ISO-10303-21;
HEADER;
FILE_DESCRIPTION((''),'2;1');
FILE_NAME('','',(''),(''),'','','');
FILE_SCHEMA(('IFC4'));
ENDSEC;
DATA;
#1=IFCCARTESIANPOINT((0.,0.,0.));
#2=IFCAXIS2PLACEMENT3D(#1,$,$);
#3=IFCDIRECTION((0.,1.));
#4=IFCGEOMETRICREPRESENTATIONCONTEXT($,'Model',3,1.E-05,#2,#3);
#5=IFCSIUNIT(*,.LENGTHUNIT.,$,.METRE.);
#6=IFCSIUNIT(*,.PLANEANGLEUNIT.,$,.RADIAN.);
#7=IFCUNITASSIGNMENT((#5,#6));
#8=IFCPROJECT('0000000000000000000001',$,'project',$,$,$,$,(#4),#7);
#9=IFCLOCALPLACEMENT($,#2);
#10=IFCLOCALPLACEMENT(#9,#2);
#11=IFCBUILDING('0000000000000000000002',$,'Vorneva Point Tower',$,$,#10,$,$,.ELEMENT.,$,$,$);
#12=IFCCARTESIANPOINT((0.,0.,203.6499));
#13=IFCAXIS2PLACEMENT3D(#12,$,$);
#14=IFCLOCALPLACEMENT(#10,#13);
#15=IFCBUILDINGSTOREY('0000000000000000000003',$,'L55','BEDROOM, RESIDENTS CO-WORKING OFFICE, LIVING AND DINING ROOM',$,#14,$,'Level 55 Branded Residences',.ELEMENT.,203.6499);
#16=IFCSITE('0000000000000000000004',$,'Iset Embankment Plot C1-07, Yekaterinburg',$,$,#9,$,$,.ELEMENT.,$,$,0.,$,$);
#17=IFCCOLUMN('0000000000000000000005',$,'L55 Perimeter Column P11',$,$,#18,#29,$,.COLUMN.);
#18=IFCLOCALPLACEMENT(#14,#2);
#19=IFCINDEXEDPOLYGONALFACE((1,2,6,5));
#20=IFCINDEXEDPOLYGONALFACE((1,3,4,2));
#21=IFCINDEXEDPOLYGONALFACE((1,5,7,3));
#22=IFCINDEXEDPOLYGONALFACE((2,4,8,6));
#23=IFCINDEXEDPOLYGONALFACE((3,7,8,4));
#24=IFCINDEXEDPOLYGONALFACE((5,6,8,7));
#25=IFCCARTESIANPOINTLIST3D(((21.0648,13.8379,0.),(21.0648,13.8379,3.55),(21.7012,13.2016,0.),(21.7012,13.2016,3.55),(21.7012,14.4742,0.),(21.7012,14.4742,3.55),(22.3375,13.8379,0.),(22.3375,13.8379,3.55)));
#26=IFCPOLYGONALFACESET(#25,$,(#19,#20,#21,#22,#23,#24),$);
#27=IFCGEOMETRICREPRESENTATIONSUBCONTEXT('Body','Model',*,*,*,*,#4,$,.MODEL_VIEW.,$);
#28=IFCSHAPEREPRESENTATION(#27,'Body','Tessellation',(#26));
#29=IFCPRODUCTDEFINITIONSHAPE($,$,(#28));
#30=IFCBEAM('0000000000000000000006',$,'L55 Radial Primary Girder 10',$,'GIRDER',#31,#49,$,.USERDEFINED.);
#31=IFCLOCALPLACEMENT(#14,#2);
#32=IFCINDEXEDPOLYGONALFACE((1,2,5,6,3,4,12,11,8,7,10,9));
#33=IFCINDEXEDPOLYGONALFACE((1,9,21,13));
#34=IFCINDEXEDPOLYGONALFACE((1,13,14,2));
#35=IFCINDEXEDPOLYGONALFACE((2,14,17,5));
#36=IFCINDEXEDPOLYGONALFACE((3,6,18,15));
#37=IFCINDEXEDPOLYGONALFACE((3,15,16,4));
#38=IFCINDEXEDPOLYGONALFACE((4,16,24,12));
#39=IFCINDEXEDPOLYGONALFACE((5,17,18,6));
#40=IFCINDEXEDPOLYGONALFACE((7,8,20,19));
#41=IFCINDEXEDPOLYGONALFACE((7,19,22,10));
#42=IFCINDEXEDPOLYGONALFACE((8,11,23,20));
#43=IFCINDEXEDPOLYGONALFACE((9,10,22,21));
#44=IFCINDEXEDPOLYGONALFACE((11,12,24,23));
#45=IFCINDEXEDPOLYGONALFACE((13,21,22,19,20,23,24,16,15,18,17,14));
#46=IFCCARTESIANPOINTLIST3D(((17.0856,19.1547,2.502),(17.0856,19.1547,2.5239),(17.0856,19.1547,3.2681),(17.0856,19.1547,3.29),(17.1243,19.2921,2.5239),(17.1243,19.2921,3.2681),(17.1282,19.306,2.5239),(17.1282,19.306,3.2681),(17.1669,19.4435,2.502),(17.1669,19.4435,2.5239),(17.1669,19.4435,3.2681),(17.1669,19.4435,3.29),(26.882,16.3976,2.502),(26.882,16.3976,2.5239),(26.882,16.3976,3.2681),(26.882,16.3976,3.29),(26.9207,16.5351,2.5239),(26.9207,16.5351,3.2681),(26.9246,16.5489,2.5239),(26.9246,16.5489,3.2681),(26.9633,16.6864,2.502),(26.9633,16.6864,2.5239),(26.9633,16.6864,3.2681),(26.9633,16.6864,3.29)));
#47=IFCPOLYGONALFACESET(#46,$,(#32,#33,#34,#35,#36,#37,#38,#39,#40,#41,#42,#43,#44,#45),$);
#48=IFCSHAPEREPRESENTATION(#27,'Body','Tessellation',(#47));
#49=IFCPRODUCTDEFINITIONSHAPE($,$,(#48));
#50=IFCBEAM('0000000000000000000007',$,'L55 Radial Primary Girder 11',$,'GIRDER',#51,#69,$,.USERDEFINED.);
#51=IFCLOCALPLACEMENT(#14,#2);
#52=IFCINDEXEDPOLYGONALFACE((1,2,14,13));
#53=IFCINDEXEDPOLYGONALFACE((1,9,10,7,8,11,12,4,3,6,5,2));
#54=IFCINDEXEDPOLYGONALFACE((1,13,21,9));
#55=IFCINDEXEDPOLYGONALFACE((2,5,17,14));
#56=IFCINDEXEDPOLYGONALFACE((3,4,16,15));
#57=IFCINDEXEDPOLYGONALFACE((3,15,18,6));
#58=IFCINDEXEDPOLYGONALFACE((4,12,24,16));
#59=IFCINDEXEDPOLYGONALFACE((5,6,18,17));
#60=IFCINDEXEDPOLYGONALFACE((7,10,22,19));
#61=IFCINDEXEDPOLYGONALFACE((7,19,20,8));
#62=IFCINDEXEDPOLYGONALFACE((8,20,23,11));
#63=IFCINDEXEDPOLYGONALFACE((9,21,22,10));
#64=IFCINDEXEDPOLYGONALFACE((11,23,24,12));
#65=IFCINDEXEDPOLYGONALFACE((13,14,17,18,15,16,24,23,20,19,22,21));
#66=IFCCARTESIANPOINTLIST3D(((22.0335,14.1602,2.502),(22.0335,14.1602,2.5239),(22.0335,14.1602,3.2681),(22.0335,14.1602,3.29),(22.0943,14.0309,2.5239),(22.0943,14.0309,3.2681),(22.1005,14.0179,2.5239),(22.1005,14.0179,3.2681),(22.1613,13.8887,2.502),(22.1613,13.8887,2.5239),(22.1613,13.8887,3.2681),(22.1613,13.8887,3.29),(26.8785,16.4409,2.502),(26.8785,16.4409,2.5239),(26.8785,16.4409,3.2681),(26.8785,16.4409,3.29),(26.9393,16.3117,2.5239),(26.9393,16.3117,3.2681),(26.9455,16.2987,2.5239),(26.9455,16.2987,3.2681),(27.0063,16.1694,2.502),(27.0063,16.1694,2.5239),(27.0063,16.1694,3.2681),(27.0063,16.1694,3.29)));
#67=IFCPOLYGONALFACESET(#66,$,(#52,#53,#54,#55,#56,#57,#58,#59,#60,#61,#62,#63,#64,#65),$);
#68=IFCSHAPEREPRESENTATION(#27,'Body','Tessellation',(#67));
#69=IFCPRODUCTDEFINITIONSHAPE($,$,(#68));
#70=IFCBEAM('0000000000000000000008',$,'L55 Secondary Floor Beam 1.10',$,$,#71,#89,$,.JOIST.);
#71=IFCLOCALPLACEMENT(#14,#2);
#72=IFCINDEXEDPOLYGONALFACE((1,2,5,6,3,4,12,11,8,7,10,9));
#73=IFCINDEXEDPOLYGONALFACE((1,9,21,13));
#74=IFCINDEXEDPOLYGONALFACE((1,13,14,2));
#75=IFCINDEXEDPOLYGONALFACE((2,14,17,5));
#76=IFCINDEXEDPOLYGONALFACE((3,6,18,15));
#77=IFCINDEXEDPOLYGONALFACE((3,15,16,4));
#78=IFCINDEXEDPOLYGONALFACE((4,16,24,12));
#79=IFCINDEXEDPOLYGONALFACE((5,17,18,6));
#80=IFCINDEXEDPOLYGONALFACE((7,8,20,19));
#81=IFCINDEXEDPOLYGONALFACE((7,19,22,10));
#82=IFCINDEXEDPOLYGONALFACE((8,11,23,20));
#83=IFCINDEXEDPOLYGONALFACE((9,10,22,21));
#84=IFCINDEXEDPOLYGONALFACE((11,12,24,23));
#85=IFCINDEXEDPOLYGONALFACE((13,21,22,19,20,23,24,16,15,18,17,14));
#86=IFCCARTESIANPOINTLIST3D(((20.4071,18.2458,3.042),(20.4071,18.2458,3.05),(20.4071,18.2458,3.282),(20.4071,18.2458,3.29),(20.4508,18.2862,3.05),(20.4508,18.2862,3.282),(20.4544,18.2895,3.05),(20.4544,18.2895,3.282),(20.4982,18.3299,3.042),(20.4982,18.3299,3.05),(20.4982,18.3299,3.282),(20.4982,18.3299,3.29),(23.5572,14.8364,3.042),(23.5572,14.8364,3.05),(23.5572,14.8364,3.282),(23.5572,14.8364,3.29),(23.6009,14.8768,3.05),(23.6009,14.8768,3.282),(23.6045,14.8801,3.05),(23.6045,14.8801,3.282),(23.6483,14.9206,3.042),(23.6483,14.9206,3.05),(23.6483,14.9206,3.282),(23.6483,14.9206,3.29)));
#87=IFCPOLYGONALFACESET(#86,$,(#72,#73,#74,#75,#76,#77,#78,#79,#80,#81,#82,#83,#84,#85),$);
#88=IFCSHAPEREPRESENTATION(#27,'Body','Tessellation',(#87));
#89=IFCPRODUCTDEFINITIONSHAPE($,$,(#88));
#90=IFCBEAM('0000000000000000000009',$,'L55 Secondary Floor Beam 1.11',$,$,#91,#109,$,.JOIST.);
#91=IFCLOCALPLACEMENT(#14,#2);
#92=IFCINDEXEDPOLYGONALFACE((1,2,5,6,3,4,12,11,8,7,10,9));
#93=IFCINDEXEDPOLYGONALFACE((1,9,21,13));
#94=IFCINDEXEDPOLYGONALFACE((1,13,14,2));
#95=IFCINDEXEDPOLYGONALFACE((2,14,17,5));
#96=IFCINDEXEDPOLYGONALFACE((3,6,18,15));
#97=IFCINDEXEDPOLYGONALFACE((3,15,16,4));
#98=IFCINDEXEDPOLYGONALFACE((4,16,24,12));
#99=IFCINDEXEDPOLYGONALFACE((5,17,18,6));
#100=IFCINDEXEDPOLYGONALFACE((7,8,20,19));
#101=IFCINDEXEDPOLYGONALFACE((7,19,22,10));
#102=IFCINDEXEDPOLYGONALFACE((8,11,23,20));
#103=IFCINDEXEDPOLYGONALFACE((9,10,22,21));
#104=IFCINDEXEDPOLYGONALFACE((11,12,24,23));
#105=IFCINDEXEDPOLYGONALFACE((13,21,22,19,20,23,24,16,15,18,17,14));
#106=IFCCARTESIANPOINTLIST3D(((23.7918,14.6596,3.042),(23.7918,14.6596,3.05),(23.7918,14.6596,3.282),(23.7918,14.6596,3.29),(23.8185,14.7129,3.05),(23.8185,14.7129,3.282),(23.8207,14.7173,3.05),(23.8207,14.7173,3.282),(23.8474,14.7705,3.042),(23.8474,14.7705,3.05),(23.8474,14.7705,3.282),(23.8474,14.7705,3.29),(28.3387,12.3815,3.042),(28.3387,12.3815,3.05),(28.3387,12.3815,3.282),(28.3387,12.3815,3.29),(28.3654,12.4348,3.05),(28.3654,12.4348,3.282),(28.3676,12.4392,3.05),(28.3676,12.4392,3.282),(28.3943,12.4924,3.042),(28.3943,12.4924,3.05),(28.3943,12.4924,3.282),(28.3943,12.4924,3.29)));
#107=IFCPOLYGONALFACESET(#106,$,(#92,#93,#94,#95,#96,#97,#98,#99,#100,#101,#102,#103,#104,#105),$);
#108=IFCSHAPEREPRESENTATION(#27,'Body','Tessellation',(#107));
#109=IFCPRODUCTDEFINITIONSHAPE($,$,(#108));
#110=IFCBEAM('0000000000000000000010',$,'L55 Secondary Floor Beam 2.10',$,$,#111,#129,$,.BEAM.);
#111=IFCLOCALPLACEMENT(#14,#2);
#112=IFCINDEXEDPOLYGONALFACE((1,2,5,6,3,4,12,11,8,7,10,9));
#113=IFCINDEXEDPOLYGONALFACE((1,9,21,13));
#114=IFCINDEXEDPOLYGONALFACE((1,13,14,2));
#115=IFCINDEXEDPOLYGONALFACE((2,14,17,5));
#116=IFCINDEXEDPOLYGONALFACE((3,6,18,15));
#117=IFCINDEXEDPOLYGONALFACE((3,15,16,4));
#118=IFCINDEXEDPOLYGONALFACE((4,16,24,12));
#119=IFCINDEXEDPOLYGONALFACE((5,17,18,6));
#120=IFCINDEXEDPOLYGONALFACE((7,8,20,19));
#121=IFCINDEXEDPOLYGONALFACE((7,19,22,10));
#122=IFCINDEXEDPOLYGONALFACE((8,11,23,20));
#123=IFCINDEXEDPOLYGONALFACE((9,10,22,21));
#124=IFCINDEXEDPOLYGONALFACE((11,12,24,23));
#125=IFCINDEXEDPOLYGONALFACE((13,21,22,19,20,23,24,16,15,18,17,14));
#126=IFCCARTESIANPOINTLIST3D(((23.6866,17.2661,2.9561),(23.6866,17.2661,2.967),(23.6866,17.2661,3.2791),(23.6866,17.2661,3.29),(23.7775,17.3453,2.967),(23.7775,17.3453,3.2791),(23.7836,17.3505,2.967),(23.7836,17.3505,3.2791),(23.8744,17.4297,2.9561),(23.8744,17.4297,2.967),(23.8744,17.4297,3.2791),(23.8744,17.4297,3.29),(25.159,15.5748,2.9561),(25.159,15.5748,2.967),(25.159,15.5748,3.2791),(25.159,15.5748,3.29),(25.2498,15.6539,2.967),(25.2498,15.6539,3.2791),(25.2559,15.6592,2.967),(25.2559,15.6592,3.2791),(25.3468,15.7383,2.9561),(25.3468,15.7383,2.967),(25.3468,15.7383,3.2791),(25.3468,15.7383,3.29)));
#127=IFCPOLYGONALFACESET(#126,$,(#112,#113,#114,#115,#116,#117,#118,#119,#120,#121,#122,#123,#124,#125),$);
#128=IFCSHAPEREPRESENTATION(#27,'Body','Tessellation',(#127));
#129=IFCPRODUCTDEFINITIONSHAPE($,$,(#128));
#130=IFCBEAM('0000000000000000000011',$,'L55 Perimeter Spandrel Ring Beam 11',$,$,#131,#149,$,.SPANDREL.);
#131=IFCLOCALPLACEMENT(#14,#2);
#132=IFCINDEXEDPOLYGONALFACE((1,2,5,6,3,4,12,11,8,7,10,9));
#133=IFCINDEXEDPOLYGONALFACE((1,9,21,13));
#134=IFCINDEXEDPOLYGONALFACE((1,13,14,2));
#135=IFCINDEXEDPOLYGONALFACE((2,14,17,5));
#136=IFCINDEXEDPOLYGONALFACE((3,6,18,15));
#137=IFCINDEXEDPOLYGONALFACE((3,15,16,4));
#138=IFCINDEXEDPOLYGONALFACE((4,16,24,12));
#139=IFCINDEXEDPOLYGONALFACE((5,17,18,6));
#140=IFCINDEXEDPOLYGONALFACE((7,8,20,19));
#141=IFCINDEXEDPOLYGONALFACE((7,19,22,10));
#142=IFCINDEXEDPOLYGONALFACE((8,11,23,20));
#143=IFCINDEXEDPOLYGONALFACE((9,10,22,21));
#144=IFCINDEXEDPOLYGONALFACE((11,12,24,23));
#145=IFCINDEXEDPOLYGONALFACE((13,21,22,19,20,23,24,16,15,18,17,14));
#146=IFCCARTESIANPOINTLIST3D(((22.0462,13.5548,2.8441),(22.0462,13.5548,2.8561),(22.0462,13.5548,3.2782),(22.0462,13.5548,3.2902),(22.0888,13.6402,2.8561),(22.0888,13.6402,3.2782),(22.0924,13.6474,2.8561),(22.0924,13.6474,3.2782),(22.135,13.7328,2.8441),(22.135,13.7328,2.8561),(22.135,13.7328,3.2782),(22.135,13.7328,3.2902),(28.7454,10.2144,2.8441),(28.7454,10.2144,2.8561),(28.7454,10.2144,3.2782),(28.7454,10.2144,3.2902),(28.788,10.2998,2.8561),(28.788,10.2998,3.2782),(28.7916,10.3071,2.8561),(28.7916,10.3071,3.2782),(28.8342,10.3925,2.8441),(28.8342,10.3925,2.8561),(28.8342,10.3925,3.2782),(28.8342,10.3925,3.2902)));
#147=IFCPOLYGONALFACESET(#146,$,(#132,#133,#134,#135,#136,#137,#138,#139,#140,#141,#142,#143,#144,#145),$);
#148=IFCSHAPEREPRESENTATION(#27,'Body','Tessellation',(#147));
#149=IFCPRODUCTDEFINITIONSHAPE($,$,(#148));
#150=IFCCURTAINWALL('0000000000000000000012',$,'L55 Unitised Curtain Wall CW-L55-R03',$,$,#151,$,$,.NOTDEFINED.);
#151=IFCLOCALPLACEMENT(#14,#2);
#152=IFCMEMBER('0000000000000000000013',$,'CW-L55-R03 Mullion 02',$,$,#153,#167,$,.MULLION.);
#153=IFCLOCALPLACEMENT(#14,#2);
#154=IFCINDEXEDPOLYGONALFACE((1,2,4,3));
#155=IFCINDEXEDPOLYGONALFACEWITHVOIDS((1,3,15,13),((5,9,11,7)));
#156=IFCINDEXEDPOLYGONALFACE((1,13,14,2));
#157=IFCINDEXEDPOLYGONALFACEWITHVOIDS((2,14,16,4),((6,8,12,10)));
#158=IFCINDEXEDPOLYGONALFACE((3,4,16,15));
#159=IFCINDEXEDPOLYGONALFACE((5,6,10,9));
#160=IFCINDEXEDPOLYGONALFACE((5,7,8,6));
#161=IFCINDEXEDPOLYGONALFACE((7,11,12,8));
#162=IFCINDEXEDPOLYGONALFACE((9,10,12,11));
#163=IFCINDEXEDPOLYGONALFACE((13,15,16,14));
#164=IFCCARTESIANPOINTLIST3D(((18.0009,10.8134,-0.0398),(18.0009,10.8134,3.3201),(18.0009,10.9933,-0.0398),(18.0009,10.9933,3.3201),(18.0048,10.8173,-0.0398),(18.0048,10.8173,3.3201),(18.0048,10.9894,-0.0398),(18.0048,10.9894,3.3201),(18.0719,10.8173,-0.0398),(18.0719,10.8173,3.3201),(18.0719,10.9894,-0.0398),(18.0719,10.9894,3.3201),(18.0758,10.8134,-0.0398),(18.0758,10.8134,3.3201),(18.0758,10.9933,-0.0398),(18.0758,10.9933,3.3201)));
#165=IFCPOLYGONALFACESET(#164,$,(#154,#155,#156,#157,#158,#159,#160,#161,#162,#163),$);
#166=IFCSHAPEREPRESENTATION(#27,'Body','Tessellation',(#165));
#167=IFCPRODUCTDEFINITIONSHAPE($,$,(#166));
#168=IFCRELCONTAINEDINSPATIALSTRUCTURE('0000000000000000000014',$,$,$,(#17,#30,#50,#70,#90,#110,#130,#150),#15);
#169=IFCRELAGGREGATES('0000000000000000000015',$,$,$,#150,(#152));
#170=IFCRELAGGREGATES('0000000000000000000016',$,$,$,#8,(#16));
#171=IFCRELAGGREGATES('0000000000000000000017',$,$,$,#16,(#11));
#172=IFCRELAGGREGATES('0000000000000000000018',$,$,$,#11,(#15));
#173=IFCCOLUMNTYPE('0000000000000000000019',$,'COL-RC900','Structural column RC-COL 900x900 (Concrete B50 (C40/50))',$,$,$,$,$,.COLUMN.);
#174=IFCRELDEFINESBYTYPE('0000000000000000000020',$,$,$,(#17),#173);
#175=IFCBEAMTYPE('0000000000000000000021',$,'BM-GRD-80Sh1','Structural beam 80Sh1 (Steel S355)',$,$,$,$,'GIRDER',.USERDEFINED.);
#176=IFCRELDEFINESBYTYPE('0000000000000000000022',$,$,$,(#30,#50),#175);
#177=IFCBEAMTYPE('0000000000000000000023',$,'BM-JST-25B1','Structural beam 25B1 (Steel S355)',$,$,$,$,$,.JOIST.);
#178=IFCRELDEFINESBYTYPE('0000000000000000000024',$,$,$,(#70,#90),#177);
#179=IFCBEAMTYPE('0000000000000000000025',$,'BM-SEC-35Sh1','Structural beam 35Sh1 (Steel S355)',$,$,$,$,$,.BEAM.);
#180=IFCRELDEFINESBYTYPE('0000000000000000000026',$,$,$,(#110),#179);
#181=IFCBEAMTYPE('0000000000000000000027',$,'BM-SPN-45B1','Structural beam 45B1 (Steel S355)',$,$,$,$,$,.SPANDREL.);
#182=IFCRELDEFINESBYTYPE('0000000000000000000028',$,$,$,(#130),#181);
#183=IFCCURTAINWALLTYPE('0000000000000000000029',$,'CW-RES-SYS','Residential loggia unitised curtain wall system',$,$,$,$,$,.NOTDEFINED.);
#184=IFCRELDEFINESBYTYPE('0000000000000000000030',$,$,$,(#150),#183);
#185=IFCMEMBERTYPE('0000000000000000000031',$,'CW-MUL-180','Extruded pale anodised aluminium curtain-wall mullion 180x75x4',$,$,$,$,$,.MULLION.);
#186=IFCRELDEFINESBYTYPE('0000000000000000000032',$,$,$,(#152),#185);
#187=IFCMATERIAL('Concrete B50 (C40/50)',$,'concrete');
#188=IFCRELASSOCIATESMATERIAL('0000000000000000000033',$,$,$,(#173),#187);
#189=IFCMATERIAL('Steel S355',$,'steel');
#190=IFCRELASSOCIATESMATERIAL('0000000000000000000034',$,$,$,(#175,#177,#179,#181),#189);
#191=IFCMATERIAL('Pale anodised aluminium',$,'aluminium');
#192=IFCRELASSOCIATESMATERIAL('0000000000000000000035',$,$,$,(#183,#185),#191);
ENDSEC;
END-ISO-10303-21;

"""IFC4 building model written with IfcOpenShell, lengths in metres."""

from ifc_helpers import new_model, si_unit, direction, frame, origin, origin_2d, place, context, subcontext, project, spatial, rectangle, hollow_rectangle, i_section, extrude, material, material_profile, profile_set, type_object, element, aggregate, save


model = new_model("IFC4")

# Units and contexts
model_context = context("Model", 3, precision=1e-05, world=origin(), true_north=direction((0.0, 1.0)))
body_context = subcontext(model_context, "Body", "Model", "MODEL_VIEW")
ifc_project = project(units=[si_unit("LENGTHUNIT", "METRE"), si_unit("PLANEANGLEUNIT", "RADIAN")], contexts=[model_context])

# Site, building, storey
site_placement = place(None, origin())
site = spatial("IfcSite", under=ifc_project, at=site_placement, Name="Iset Embankment Plot C1-07, Yekaterinburg", CompositionType="ELEMENT", RefElevation=0.0)
building_placement = place(site_placement, origin())
building = spatial("IfcBuilding", under=site, at=building_placement, Name="Vorneva Point Tower", CompositionType="ELEMENT")
storey_placement = place(building_placement, frame((0.0, 0.0, 203.6499)))
storey = spatial("IfcBuildingStorey", under=building, at=storey_placement, Name="L55", Description="BEDROOM, RESIDENTS CO-WORKING OFFICE, LIVING AND DINING ROOM", LongName="Level 55 Branded Residences", CompositionType="ELEMENT", Elevation=203.6499)

# Column
ifc_material_1 = material(Name="Concrete B50 (C40/50)", Category="concrete")
ifc_material_profile_1 = material_profile(ifc_material_1, rectangle(XDim=0.8999, YDim=0.8999, at=origin_2d()), Name="RC-COL 900x900")
ifc_profile_set_1 = profile_set([ifc_material_profile_1], Name="Concrete B50 (C40/50)")
column_type = type_object("IfcColumnType", Name="COL-RC900", Description="Structural column RC-COL 900x900 (Concrete B50 (C40/50))", PredefinedType="COLUMN", material=ifc_profile_set_1)
column_placement = place(storey_placement, frame((21.7012, 13.8379, 0.0), z_axis=(0.0, 0.0, 1.0), x_axis=(-0.707107, -0.707107, 0.0)))
element("IfcColumn", 1, at=column_placement, inside=storey, type_object=column_type, Name="L55 Perimeter Column P11", PredefinedType="COLUMN", context=body_context, shape_type="SweptSolid", body=[
    extrude(rectangle(XDim=0.8999, YDim=0.8999, at=origin_2d()), origin(), (0.0, 0.0, 1.0), 3.55),
])

# Beams
ifc_material_2 = material(Name="Steel S355", Category="steel")
ifc_material_profile_2 = material_profile(ifc_material_2, i_section(OverallWidth=0.3, OverallDepth=0.7881, WebThickness=0.0144, FlangeThickness=0.022, at=origin_2d()), Name="80Sh1")
ifc_profile_set_2 = profile_set([ifc_material_profile_2], Name="Steel S355")
beam_type_1 = type_object("IfcBeamType", Name="BM-GRD-80Sh1", Description="Structural beam 80Sh1 (Steel S355)", ElementType="GIRDER", PredefinedType="USERDEFINED", material=ifc_profile_set_2)
beam_1_placement = place(storey_placement, frame((17.1262, 19.2991, 2.896), z_axis=(0.962604, -0.270914, 0.0), x_axis=(0.270914, 0.962604, 0.0)))
element("IfcBeam", 2, at=beam_1_placement, inside=storey, type_object=beam_type_1, Name="L55 Radial Primary Girder 10", ObjectType="GIRDER", PredefinedType="USERDEFINED", context=body_context, shape_type="SweptSolid", body=[
    extrude(i_section(OverallWidth=0.3, OverallDepth=0.7881, WebThickness=0.0144, FlangeThickness=0.022, at=origin_2d()), origin(), (0.0, 0.0, 1.0), 10.177),
])
beam_2_placement = place(storey_placement, frame((22.0974, 14.0244, 2.896), z_axis=(0.904763, 0.425916, 0.0), x_axis=(-0.425916, 0.904763, 0.0)))
element("IfcBeam", 3, at=beam_2_placement, inside=storey, type_object=beam_type_1, Name="L55 Radial Primary Girder 11", ObjectType="GIRDER", PredefinedType="USERDEFINED", context=body_context, shape_type="SweptSolid", body=[
    extrude(i_section(OverallWidth=0.3, OverallDepth=0.7881, WebThickness=0.0144, FlangeThickness=0.022, at=origin_2d()), origin(), (0.0, 0.0, 1.0), 5.355),
])
ifc_material_profile_3 = material_profile(ifc_material_2, i_section(OverallWidth=0.124, OverallDepth=0.248, WebThickness=0.0049, FlangeThickness=0.0081, at=origin_2d()), Name="25B1")
ifc_profile_set_3 = profile_set([ifc_material_profile_3], Name="Steel S355")
beam_type_2 = type_object("IfcBeamType", Name="BM-JST-25B1", Description="Structural beam 25B1 (Steel S355)", PredefinedType="JOIST", material=ifc_profile_set_3)
beam_3_placement = place(storey_placement, frame((20.4526, 18.2878, 3.166), z_axis=(0.678627, -0.734483, 0.0), x_axis=(0.734483, 0.678627, 0.0)))
element("IfcBeam", 4, at=beam_3_placement, inside=storey, type_object=beam_type_2, Name="L55 Secondary Floor Beam 1.10", PredefinedType="JOIST", context=body_context, shape_type="SweptSolid", body=[
    extrude(i_section(OverallWidth=0.124, OverallDepth=0.248, WebThickness=0.0049, FlangeThickness=0.0081, at=origin_2d()), origin(), (0.0, 0.0, 1.0), 4.6418),
])
beam_4_placement = place(storey_placement, frame((23.8196, 14.7151, 3.166), z_axis=(0.894062, -0.447943, 0.0), x_axis=(0.447943, 0.894062, 0.0)))
element("IfcBeam", 5, at=beam_4_placement, inside=storey, type_object=beam_type_2, Name="L55 Secondary Floor Beam 1.11", PredefinedType="JOIST", context=body_context, shape_type="SweptSolid", body=[
    extrude(i_section(OverallWidth=0.124, OverallDepth=0.248, WebThickness=0.0049, FlangeThickness=0.0081, at=origin_2d()), origin(), (0.0, 0.0, 1.0), 5.0857),
])
ifc_material_profile_4 = material_profile(ifc_material_2, i_section(OverallWidth=0.249, OverallDepth=0.334, WebThickness=0.0081, FlangeThickness=0.011, at=origin_2d()), Name="35Sh1")
ifc_profile_set_4 = profile_set([ifc_material_profile_4], Name="Steel S355")
beam_type_3 = type_object("IfcBeamType", Name="BM-SEC-35Sh1", Description="Structural beam 35Sh1 (Steel S355)", PredefinedType="BEAM", material=ifc_profile_set_4)
beam_5_placement = place(storey_placement, frame((23.7805, 17.3479, 3.123), z_axis=(0.656591, -0.754247, 0.0), x_axis=(0.754247, 0.656591, 0.0)))
element("IfcBeam", 6, at=beam_5_placement, inside=storey, type_object=beam_type_3, Name="L55 Secondary Floor Beam 2.10", PredefinedType="BEAM", context=body_context, shape_type="SweptSolid", body=[
    extrude(i_section(OverallWidth=0.249, OverallDepth=0.334, WebThickness=0.0081, FlangeThickness=0.011, at=origin_2d()), origin(), (0.0, 0.0, 1.0), 2.2424),
])
ifc_material_profile_5 = material_profile(ifc_material_2, i_section(OverallWidth=0.199, OverallDepth=0.446, WebThickness=0.0081, FlangeThickness=0.012, at=origin_2d()), Name="45B1")
ifc_profile_set_5 = profile_set([ifc_material_profile_5], Name="Steel S355")
beam_type_4 = type_object("IfcBeamType", Name="BM-SPN-45B1", Description="Structural beam 45B1 (Steel S355)", PredefinedType="SPANDREL", material=ifc_profile_set_5)
beam_6_placement = place(storey_placement, frame((22.0906, 13.6438, 3.0671), z_axis=(0.894922, -0.446222, 0.0), x_axis=(0.446222, 0.894922, 0.0)))
element("IfcBeam", 7, at=beam_6_placement, inside=storey, type_object=beam_type_4, Name="L55 Perimeter Spandrel Ring Beam 11", PredefinedType="SPANDREL", context=body_context, shape_type="SweptSolid", body=[
    extrude(i_section(OverallWidth=0.199, OverallDepth=0.446, WebThickness=0.0081, FlangeThickness=0.012, at=origin_2d()), origin(), (0.0, 0.0, 1.0), 7.4858),
])

# Curtain wall, member
ifc_material_3 = material(Name="Pale anodised aluminium", Category="aluminium")
curtain_wall_type = type_object("IfcCurtainWallType", Name="CW-RES-SYS", Description="Residential loggia unitised curtain wall system", PredefinedType="NOTDEFINED", material=ifc_material_3)
curtain_wall_placement = place(storey_placement, origin())
curtain_wall = element("IfcCurtainWall", 8, at=curtain_wall_placement, inside=storey, type_object=curtain_wall_type, Name="L55 Unitised Curtain Wall CW-L55-R03", PredefinedType="NOTDEFINED")
ifc_material_profile_6 = material_profile(ifc_material_3, hollow_rectangle(XDim=0.075, YDim=0.1799, WallThickness=0.0039, at=origin_2d()), Name="AL-MUL 180x75x4")
ifc_profile_set_6 = profile_set([ifc_material_profile_6], Name="Pale anodised aluminium")
member_type_1 = type_object("IfcMemberType", Name="CW-MUL-180", Description="Extruded pale anodised aluminium curtain-wall mullion 180x75x4", PredefinedType="MULLION", material=ifc_profile_set_6)
member_1_placement = place(storey_placement, frame((18.0383, 10.9033, -0.0398), z_axis=(0.0, 0.0, 1.0), x_axis=(1.0, 0.0, 0.0)))
member_1 = element("IfcMember", 9, at=member_1_placement, type_object=member_type_1, Name="CW-L55-R03 Mullion 02", PredefinedType="MULLION", context=body_context, shape_type="SweptSolid", body=[
    extrude(hollow_rectangle(XDim=0.075, YDim=0.1799, WallThickness=0.0039, at=origin_2d()), origin(), (0.0, 0.0, 1.0), 3.3599),
])
aggregate(curtain_wall, [member_1])

save(model, "model.ifc")
